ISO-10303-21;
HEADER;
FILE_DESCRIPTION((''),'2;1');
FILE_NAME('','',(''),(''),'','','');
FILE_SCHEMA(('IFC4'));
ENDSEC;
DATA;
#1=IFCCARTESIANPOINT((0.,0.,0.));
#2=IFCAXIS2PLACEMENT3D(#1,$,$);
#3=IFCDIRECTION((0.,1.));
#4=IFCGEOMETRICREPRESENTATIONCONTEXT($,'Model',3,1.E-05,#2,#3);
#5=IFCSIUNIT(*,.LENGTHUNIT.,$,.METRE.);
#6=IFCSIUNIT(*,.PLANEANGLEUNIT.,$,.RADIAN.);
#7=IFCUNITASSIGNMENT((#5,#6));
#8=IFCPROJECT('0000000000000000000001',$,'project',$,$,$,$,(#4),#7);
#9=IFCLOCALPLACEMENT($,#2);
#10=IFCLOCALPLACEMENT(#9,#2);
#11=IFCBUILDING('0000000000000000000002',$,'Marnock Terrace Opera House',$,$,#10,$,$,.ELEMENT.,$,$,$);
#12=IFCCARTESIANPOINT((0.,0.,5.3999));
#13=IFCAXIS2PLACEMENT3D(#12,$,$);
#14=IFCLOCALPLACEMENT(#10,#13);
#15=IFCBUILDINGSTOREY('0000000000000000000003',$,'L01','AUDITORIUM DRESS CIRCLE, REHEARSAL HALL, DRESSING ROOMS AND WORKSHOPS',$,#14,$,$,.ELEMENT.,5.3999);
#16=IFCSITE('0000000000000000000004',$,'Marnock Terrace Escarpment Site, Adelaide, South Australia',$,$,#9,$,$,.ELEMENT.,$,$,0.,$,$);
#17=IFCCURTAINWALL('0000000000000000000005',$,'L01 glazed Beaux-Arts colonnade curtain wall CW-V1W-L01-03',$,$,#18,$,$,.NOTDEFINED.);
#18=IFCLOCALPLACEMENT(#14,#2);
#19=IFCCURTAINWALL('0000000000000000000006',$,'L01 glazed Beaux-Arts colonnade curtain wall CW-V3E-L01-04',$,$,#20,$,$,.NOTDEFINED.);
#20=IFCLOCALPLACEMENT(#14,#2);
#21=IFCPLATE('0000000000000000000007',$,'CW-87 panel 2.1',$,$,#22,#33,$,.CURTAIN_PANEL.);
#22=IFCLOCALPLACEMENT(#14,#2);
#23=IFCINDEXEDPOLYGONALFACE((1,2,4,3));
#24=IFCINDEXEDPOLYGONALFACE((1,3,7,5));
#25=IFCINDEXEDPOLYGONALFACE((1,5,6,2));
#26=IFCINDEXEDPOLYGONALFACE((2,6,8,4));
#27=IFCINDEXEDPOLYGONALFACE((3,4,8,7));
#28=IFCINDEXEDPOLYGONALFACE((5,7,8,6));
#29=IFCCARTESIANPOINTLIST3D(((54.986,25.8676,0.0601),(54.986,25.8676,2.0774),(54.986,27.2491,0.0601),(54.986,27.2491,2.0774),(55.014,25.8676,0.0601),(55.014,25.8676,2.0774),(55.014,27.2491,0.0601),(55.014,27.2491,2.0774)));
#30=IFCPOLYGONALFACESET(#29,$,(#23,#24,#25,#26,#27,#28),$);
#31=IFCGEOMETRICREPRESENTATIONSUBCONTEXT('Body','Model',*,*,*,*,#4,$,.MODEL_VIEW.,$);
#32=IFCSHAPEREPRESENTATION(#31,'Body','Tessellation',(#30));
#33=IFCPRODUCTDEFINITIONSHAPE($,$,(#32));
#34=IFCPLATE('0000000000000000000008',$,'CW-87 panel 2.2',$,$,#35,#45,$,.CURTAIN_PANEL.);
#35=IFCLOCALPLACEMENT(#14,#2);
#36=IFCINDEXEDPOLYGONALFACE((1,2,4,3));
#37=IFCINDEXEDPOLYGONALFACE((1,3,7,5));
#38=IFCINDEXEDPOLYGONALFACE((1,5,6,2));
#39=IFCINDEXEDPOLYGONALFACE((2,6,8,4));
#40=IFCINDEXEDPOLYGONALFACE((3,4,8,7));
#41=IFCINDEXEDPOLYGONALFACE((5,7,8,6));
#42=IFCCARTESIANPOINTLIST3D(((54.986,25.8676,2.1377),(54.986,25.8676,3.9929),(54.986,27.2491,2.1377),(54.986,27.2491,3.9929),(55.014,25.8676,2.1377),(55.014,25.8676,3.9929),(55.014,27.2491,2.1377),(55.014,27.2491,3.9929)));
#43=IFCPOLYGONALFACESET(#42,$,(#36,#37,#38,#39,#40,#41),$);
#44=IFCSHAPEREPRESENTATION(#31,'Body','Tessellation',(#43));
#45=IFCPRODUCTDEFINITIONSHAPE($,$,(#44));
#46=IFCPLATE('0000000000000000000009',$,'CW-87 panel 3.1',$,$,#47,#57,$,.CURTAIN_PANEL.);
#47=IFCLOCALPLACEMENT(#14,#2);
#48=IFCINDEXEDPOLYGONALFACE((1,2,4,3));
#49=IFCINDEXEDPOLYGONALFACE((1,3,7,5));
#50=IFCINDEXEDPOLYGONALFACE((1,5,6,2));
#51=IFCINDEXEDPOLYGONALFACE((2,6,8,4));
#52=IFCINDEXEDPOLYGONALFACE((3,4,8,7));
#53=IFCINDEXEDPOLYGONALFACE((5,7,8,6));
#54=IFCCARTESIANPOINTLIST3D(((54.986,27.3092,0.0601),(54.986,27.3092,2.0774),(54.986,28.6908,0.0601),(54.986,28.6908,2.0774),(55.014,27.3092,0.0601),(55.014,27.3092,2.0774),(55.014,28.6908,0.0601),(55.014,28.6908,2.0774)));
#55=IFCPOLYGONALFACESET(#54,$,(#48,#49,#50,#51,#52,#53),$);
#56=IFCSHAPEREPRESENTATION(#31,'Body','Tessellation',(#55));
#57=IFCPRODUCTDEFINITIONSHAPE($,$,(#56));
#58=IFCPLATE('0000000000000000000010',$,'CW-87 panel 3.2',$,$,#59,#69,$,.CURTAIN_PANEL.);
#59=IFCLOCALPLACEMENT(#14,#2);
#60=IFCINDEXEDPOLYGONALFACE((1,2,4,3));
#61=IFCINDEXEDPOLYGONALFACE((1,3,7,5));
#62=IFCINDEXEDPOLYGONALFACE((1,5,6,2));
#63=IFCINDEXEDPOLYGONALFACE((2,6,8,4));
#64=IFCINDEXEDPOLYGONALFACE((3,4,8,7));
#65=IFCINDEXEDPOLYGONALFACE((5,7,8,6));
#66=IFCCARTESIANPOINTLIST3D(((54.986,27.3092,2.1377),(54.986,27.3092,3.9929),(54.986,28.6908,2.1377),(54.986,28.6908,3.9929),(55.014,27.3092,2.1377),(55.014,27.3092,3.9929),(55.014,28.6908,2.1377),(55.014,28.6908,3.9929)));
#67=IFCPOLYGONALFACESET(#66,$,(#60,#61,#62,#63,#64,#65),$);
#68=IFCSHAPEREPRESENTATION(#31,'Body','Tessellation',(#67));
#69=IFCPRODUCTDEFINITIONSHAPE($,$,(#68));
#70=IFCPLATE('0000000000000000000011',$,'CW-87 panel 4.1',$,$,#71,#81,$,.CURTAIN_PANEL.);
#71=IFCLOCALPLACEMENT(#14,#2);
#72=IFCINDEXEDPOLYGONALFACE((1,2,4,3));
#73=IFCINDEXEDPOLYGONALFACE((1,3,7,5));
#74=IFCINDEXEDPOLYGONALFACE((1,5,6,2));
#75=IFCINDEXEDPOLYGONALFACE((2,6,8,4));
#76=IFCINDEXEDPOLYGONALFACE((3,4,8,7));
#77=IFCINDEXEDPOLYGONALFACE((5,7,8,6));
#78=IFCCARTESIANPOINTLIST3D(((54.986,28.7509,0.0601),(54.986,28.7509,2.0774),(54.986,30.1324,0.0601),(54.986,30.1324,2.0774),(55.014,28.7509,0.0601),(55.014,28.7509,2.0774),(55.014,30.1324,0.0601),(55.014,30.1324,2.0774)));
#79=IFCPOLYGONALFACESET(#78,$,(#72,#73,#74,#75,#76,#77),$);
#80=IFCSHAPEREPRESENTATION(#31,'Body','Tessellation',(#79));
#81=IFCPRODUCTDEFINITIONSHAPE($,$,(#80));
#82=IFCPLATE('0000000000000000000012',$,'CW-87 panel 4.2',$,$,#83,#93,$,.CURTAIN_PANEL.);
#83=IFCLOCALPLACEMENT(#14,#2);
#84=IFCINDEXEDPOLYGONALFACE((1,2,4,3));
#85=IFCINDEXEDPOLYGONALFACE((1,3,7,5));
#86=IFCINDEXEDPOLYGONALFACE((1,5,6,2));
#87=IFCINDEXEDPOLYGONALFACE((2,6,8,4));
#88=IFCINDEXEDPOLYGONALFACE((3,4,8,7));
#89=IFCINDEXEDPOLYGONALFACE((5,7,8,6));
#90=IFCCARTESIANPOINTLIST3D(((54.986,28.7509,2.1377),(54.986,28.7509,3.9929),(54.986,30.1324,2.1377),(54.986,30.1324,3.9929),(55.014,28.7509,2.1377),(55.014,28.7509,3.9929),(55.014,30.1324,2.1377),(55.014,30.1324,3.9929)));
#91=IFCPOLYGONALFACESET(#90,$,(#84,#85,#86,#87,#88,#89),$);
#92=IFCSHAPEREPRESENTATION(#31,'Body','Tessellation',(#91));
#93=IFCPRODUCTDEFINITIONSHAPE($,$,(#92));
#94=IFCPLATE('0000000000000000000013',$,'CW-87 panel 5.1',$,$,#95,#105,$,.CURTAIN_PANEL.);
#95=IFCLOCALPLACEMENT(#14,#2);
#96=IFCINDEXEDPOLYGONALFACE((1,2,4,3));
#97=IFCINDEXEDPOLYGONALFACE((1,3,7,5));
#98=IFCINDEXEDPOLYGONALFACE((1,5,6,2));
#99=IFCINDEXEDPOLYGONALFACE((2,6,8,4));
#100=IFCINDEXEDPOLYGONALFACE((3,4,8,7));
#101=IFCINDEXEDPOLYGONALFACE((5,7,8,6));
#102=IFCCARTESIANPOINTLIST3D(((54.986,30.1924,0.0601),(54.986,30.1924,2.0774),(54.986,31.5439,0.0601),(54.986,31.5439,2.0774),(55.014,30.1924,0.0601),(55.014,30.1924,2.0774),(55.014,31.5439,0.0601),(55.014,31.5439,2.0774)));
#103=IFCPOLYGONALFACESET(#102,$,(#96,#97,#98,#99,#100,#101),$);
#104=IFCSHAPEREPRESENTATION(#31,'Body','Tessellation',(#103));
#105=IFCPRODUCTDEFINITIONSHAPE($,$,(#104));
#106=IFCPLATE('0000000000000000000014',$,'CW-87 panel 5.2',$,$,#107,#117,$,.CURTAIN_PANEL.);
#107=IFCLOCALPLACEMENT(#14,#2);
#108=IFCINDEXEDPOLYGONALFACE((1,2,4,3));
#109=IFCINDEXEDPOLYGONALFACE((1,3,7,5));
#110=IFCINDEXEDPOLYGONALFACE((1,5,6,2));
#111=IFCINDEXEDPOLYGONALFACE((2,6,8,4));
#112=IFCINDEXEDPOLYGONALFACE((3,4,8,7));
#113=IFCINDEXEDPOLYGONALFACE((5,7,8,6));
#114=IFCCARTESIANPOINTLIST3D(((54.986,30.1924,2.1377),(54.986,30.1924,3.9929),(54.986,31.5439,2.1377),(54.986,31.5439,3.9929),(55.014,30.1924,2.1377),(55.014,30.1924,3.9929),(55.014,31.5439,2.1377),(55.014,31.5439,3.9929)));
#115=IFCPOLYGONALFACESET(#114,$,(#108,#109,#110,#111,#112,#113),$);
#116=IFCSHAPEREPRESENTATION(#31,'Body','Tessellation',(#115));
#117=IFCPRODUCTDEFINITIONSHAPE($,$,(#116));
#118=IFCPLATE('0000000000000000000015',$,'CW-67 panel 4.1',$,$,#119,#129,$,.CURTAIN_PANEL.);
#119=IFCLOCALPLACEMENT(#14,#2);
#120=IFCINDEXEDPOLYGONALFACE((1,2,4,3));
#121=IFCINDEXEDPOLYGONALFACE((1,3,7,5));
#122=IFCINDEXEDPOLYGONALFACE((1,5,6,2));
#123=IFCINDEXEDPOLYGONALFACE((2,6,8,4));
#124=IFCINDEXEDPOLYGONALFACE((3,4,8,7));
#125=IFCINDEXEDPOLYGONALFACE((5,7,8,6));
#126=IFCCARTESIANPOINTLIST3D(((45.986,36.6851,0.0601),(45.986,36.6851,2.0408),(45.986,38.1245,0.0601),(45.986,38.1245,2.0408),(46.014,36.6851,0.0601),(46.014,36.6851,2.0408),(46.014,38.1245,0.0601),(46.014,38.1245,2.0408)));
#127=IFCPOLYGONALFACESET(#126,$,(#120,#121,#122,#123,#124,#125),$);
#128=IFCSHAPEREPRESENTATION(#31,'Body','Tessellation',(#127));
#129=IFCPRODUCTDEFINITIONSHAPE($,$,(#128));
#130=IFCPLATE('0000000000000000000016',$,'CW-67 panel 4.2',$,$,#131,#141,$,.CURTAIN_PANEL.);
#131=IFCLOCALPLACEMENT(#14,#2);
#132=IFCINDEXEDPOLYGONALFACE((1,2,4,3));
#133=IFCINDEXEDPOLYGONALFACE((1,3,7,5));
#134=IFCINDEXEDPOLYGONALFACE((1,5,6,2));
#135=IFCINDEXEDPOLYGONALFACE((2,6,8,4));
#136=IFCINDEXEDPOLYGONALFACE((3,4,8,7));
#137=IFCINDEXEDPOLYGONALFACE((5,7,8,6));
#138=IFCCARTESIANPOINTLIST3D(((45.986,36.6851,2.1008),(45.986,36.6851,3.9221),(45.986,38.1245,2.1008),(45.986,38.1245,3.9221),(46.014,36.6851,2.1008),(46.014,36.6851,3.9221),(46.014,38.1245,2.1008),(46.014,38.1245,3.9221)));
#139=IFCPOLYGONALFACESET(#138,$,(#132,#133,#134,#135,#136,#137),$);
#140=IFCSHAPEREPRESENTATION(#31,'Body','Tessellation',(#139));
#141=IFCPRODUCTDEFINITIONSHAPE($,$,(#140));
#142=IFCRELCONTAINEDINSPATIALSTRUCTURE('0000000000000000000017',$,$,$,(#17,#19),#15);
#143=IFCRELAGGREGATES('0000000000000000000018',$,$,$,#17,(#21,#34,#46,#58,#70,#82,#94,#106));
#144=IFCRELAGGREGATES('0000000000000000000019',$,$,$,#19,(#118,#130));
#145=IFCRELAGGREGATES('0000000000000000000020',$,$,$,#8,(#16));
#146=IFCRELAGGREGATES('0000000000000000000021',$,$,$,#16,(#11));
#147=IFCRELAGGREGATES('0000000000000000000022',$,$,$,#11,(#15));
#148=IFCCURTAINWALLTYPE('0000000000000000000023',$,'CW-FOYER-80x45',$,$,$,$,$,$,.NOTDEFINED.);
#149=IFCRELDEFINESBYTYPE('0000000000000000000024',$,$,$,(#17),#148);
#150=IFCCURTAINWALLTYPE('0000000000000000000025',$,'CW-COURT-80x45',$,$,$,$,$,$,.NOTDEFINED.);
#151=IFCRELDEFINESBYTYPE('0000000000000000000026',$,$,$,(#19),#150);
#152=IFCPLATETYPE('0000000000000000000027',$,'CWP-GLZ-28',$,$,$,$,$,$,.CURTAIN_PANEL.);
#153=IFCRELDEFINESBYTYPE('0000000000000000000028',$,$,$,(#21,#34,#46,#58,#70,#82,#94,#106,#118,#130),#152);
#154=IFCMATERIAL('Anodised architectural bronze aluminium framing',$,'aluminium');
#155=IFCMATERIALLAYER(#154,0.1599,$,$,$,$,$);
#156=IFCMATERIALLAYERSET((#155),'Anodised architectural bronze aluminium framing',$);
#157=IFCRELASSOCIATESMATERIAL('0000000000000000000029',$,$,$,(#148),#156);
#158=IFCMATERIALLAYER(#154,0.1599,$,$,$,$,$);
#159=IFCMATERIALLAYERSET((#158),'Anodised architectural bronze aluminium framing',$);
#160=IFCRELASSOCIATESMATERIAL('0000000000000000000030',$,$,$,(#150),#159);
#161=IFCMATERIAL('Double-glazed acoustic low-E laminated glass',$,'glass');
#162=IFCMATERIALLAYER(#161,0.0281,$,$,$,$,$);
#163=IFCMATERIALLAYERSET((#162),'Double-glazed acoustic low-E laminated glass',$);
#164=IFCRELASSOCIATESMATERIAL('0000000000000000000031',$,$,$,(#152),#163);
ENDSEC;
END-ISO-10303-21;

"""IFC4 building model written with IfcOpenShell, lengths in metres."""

from ifc_helpers import new_model, si_unit, direction, frame, origin, origin_2d, place, context, subcontext, project, spatial, rectangle, extrude, material, layer, layer_set, type_object, element, aggregate, save


model = new_model("IFC4")

# Units and contexts
model_context = context("Model", 3, precision=1e-05, world=origin(), true_north=direction((0.0, 1.0)))
body_context = subcontext(model_context, "Body", "Model", "MODEL_VIEW")
ifc_project = project(units=[si_unit("LENGTHUNIT", "METRE"), si_unit("PLANEANGLEUNIT", "RADIAN")], contexts=[model_context])

# Site, building, storey
site_placement = place(None, origin())
site = spatial("IfcSite", under=ifc_project, at=site_placement, Name="Marnock Terrace Escarpment Site, Adelaide, South Australia", CompositionType="ELEMENT", RefElevation=0.0)
building_placement = place(site_placement, origin())
building = spatial("IfcBuilding", under=site, at=building_placement, Name="Marnock Terrace Opera House", CompositionType="ELEMENT")
storey_placement = place(building_placement, frame((0.0, 0.0, 5.3999)))
storey = spatial("IfcBuildingStorey", under=building, at=storey_placement, Name="L01", Description="AUDITORIUM DRESS CIRCLE, REHEARSAL HALL, DRESSING ROOMS AND WORKSHOPS", CompositionType="ELEMENT", Elevation=5.3999)

# Curtain wall
ifc_material_1 = material(Name="Anodised architectural bronze aluminium framing", Category="aluminium")
ifc_layer_1 = layer(ifc_material_1, 0.1599)
ifc_layer_set_1 = layer_set([ifc_layer_1], Name="Anodised architectural bronze aluminium framing")
curtain_wall_type_1 = type_object("IfcCurtainWallType", Name="CW-FOYER-80x45", PredefinedType="NOTDEFINED", material=ifc_layer_set_1)
curtain_wall_1_placement = place(storey_placement, origin())
curtain_wall_1 = element("IfcCurtainWall", 1, at=curtain_wall_1_placement, inside=storey, type_object=curtain_wall_type_1, Name="L01 glazed Beaux-Arts colonnade curtain wall CW-V1W-L01-03", PredefinedType="NOTDEFINED")

# Curtain wall
ifc_layer_2 = layer(ifc_material_1, 0.1599)
ifc_layer_set_2 = layer_set([ifc_layer_2], Name="Anodised architectural bronze aluminium framing")
curtain_wall_type_2 = type_object("IfcCurtainWallType", Name="CW-COURT-80x45", PredefinedType="NOTDEFINED", material=ifc_layer_set_2)
curtain_wall_2_placement = place(storey_placement, origin())
curtain_wall_2 = element("IfcCurtainWall", 2, at=curtain_wall_2_placement, inside=storey, type_object=curtain_wall_type_2, Name="L01 glazed Beaux-Arts colonnade curtain wall CW-V3E-L01-04", PredefinedType="NOTDEFINED")

# Plates
ifc_material_2 = material(Name="Double-glazed acoustic low-E laminated glass", Category="glass")
ifc_layer_3 = layer(ifc_material_2, 0.0281)
ifc_layer_set_3 = layer_set([ifc_layer_3], Name="Double-glazed acoustic low-E laminated glass")
plate_type = type_object("IfcPlateType", Name="CWP-GLZ-28", PredefinedType="CURTAIN_PANEL", material=ifc_layer_set_3)
plate_1_placement = place(storey_placement, frame((55.0, 26.5583, 0.0601), z_axis=(0.0, 0.0, 1.0), x_axis=(0.0, 1.0, 0.0)))
plate_1 = element("IfcPlate", 3, at=plate_1_placement, type_object=plate_type, Name="CW-87 panel 2.1", PredefinedType="CURTAIN_PANEL", context=body_context, shape_type="SweptSolid", body=[
    extrude(rectangle(XDim=1.3816, YDim=0.0281, at=origin_2d()), origin(), (0.0, 0.0, 1.0), 2.0173),
])
plate_2_placement = place(storey_placement, frame((55.0, 26.5583, 2.1377), z_axis=(0.0, 0.0, 1.0), x_axis=(0.0, 1.0, 0.0)))
plate_2 = element("IfcPlate", 4, at=plate_2_placement, type_object=plate_type, Name="CW-87 panel 2.2", PredefinedType="CURTAIN_PANEL", context=body_context, shape_type="SweptSolid", body=[
    extrude(rectangle(XDim=1.3816, YDim=0.0281, at=origin_2d()), origin(), (0.0, 0.0, 1.0), 1.8552),
])
plate_3_placement = place(storey_placement, frame((55.0, 28.0, 0.0601), z_axis=(0.0, 0.0, 1.0), x_axis=(0.0, 1.0, 0.0)))
plate_3 = element("IfcPlate", 5, at=plate_3_placement, type_object=plate_type, Name="CW-87 panel 3.1", PredefinedType="CURTAIN_PANEL", context=body_context, shape_type="SweptSolid", body=[
    extrude(rectangle(XDim=1.3816, YDim=0.0281, at=origin_2d()), origin(), (0.0, 0.0, 1.0), 2.0173),
])
plate_4_placement = place(storey_placement, frame((55.0, 28.0, 2.1377), z_axis=(0.0, 0.0, 1.0), x_axis=(0.0, 1.0, 0.0)))
plate_4 = element("IfcPlate", 6, at=plate_4_placement, type_object=plate_type, Name="CW-87 panel 3.2", PredefinedType="CURTAIN_PANEL", context=body_context, shape_type="SweptSolid", body=[
    extrude(rectangle(XDim=1.3816, YDim=0.0281, at=origin_2d()), origin(), (0.0, 0.0, 1.0), 1.8552),
])
plate_5_placement = place(storey_placement, frame((55.0, 29.4417, 0.0601), z_axis=(0.0, 0.0, 1.0), x_axis=(0.0, 1.0, 0.0)))
plate_5 = element("IfcPlate", 7, at=plate_5_placement, type_object=plate_type, Name="CW-87 panel 4.1", PredefinedType="CURTAIN_PANEL", context=body_context, shape_type="SweptSolid", body=[
    extrude(rectangle(XDim=1.3816, YDim=0.0281, at=origin_2d()), origin(), (0.0, 0.0, 1.0), 2.0173),
])
plate_6_placement = place(storey_placement, frame((55.0, 29.4417, 2.1377), z_axis=(0.0, 0.0, 1.0), x_axis=(0.0, 1.0, 0.0)))
plate_6 = element("IfcPlate", 8, at=plate_6_placement, type_object=plate_type, Name="CW-87 panel 4.2", PredefinedType="CURTAIN_PANEL", context=body_context, shape_type="SweptSolid", body=[
    extrude(rectangle(XDim=1.3816, YDim=0.0281, at=origin_2d()), origin(), (0.0, 0.0, 1.0), 1.8552),
])
plate_7_placement = place(storey_placement, frame((55.0, 30.8682, 0.0601), z_axis=(0.0, 0.0, 1.0), x_axis=(0.0, 1.0, 0.0)))
plate_7 = element("IfcPlate", 9, at=plate_7_placement, type_object=plate_type, Name="CW-87 panel 5.1", PredefinedType="CURTAIN_PANEL", context=body_context, shape_type="SweptSolid", body=[
    extrude(rectangle(XDim=1.3516, YDim=0.0281, at=origin_2d()), origin(), (0.0, 0.0, 1.0), 2.0173),
])
plate_8_placement = place(storey_placement, frame((55.0, 30.8682, 2.1377), z_axis=(0.0, 0.0, 1.0), x_axis=(0.0, 1.0, 0.0)))
plate_8 = element("IfcPlate", 10, at=plate_8_placement, type_object=plate_type, Name="CW-87 panel 5.2", PredefinedType="CURTAIN_PANEL", context=body_context, shape_type="SweptSolid", body=[
    extrude(rectangle(XDim=1.3516, YDim=0.0281, at=origin_2d()), origin(), (0.0, 0.0, 1.0), 1.8552),
])
aggregate(curtain_wall_1, [plate_1, plate_2, plate_3, plate_4, plate_5, plate_6, plate_7, plate_8])
plate_9_placement = place(storey_placement, frame((46.0, 37.4048, 0.0601), z_axis=(0.0, 0.0, 1.0), x_axis=(0.0, 1.0, 0.0)))
plate_9 = element("IfcPlate", 11, at=plate_9_placement, type_object=plate_type, Name="CW-67 panel 4.1", PredefinedType="CURTAIN_PANEL", context=body_context, shape_type="SweptSolid", body=[
    extrude(rectangle(XDim=1.4395, YDim=0.0281, at=origin_2d()), origin(), (0.0, 0.0, 1.0), 1.9807),
])
plate_10_placement = place(storey_placement, frame((46.0, 37.4048, 2.1008), z_axis=(0.0, 0.0, 1.0), x_axis=(0.0, 1.0, 0.0)))
plate_10 = element("IfcPlate", 12, at=plate_10_placement, type_object=plate_type, Name="CW-67 panel 4.2", PredefinedType="CURTAIN_PANEL", context=body_context, shape_type="SweptSolid", body=[
    extrude(rectangle(XDim=1.4395, YDim=0.0281, at=origin_2d()), origin(), (0.0, 0.0, 1.0), 1.8213),
])
aggregate(curtain_wall_2, [plate_9, plate_10])

save(model, "model.ifc")
